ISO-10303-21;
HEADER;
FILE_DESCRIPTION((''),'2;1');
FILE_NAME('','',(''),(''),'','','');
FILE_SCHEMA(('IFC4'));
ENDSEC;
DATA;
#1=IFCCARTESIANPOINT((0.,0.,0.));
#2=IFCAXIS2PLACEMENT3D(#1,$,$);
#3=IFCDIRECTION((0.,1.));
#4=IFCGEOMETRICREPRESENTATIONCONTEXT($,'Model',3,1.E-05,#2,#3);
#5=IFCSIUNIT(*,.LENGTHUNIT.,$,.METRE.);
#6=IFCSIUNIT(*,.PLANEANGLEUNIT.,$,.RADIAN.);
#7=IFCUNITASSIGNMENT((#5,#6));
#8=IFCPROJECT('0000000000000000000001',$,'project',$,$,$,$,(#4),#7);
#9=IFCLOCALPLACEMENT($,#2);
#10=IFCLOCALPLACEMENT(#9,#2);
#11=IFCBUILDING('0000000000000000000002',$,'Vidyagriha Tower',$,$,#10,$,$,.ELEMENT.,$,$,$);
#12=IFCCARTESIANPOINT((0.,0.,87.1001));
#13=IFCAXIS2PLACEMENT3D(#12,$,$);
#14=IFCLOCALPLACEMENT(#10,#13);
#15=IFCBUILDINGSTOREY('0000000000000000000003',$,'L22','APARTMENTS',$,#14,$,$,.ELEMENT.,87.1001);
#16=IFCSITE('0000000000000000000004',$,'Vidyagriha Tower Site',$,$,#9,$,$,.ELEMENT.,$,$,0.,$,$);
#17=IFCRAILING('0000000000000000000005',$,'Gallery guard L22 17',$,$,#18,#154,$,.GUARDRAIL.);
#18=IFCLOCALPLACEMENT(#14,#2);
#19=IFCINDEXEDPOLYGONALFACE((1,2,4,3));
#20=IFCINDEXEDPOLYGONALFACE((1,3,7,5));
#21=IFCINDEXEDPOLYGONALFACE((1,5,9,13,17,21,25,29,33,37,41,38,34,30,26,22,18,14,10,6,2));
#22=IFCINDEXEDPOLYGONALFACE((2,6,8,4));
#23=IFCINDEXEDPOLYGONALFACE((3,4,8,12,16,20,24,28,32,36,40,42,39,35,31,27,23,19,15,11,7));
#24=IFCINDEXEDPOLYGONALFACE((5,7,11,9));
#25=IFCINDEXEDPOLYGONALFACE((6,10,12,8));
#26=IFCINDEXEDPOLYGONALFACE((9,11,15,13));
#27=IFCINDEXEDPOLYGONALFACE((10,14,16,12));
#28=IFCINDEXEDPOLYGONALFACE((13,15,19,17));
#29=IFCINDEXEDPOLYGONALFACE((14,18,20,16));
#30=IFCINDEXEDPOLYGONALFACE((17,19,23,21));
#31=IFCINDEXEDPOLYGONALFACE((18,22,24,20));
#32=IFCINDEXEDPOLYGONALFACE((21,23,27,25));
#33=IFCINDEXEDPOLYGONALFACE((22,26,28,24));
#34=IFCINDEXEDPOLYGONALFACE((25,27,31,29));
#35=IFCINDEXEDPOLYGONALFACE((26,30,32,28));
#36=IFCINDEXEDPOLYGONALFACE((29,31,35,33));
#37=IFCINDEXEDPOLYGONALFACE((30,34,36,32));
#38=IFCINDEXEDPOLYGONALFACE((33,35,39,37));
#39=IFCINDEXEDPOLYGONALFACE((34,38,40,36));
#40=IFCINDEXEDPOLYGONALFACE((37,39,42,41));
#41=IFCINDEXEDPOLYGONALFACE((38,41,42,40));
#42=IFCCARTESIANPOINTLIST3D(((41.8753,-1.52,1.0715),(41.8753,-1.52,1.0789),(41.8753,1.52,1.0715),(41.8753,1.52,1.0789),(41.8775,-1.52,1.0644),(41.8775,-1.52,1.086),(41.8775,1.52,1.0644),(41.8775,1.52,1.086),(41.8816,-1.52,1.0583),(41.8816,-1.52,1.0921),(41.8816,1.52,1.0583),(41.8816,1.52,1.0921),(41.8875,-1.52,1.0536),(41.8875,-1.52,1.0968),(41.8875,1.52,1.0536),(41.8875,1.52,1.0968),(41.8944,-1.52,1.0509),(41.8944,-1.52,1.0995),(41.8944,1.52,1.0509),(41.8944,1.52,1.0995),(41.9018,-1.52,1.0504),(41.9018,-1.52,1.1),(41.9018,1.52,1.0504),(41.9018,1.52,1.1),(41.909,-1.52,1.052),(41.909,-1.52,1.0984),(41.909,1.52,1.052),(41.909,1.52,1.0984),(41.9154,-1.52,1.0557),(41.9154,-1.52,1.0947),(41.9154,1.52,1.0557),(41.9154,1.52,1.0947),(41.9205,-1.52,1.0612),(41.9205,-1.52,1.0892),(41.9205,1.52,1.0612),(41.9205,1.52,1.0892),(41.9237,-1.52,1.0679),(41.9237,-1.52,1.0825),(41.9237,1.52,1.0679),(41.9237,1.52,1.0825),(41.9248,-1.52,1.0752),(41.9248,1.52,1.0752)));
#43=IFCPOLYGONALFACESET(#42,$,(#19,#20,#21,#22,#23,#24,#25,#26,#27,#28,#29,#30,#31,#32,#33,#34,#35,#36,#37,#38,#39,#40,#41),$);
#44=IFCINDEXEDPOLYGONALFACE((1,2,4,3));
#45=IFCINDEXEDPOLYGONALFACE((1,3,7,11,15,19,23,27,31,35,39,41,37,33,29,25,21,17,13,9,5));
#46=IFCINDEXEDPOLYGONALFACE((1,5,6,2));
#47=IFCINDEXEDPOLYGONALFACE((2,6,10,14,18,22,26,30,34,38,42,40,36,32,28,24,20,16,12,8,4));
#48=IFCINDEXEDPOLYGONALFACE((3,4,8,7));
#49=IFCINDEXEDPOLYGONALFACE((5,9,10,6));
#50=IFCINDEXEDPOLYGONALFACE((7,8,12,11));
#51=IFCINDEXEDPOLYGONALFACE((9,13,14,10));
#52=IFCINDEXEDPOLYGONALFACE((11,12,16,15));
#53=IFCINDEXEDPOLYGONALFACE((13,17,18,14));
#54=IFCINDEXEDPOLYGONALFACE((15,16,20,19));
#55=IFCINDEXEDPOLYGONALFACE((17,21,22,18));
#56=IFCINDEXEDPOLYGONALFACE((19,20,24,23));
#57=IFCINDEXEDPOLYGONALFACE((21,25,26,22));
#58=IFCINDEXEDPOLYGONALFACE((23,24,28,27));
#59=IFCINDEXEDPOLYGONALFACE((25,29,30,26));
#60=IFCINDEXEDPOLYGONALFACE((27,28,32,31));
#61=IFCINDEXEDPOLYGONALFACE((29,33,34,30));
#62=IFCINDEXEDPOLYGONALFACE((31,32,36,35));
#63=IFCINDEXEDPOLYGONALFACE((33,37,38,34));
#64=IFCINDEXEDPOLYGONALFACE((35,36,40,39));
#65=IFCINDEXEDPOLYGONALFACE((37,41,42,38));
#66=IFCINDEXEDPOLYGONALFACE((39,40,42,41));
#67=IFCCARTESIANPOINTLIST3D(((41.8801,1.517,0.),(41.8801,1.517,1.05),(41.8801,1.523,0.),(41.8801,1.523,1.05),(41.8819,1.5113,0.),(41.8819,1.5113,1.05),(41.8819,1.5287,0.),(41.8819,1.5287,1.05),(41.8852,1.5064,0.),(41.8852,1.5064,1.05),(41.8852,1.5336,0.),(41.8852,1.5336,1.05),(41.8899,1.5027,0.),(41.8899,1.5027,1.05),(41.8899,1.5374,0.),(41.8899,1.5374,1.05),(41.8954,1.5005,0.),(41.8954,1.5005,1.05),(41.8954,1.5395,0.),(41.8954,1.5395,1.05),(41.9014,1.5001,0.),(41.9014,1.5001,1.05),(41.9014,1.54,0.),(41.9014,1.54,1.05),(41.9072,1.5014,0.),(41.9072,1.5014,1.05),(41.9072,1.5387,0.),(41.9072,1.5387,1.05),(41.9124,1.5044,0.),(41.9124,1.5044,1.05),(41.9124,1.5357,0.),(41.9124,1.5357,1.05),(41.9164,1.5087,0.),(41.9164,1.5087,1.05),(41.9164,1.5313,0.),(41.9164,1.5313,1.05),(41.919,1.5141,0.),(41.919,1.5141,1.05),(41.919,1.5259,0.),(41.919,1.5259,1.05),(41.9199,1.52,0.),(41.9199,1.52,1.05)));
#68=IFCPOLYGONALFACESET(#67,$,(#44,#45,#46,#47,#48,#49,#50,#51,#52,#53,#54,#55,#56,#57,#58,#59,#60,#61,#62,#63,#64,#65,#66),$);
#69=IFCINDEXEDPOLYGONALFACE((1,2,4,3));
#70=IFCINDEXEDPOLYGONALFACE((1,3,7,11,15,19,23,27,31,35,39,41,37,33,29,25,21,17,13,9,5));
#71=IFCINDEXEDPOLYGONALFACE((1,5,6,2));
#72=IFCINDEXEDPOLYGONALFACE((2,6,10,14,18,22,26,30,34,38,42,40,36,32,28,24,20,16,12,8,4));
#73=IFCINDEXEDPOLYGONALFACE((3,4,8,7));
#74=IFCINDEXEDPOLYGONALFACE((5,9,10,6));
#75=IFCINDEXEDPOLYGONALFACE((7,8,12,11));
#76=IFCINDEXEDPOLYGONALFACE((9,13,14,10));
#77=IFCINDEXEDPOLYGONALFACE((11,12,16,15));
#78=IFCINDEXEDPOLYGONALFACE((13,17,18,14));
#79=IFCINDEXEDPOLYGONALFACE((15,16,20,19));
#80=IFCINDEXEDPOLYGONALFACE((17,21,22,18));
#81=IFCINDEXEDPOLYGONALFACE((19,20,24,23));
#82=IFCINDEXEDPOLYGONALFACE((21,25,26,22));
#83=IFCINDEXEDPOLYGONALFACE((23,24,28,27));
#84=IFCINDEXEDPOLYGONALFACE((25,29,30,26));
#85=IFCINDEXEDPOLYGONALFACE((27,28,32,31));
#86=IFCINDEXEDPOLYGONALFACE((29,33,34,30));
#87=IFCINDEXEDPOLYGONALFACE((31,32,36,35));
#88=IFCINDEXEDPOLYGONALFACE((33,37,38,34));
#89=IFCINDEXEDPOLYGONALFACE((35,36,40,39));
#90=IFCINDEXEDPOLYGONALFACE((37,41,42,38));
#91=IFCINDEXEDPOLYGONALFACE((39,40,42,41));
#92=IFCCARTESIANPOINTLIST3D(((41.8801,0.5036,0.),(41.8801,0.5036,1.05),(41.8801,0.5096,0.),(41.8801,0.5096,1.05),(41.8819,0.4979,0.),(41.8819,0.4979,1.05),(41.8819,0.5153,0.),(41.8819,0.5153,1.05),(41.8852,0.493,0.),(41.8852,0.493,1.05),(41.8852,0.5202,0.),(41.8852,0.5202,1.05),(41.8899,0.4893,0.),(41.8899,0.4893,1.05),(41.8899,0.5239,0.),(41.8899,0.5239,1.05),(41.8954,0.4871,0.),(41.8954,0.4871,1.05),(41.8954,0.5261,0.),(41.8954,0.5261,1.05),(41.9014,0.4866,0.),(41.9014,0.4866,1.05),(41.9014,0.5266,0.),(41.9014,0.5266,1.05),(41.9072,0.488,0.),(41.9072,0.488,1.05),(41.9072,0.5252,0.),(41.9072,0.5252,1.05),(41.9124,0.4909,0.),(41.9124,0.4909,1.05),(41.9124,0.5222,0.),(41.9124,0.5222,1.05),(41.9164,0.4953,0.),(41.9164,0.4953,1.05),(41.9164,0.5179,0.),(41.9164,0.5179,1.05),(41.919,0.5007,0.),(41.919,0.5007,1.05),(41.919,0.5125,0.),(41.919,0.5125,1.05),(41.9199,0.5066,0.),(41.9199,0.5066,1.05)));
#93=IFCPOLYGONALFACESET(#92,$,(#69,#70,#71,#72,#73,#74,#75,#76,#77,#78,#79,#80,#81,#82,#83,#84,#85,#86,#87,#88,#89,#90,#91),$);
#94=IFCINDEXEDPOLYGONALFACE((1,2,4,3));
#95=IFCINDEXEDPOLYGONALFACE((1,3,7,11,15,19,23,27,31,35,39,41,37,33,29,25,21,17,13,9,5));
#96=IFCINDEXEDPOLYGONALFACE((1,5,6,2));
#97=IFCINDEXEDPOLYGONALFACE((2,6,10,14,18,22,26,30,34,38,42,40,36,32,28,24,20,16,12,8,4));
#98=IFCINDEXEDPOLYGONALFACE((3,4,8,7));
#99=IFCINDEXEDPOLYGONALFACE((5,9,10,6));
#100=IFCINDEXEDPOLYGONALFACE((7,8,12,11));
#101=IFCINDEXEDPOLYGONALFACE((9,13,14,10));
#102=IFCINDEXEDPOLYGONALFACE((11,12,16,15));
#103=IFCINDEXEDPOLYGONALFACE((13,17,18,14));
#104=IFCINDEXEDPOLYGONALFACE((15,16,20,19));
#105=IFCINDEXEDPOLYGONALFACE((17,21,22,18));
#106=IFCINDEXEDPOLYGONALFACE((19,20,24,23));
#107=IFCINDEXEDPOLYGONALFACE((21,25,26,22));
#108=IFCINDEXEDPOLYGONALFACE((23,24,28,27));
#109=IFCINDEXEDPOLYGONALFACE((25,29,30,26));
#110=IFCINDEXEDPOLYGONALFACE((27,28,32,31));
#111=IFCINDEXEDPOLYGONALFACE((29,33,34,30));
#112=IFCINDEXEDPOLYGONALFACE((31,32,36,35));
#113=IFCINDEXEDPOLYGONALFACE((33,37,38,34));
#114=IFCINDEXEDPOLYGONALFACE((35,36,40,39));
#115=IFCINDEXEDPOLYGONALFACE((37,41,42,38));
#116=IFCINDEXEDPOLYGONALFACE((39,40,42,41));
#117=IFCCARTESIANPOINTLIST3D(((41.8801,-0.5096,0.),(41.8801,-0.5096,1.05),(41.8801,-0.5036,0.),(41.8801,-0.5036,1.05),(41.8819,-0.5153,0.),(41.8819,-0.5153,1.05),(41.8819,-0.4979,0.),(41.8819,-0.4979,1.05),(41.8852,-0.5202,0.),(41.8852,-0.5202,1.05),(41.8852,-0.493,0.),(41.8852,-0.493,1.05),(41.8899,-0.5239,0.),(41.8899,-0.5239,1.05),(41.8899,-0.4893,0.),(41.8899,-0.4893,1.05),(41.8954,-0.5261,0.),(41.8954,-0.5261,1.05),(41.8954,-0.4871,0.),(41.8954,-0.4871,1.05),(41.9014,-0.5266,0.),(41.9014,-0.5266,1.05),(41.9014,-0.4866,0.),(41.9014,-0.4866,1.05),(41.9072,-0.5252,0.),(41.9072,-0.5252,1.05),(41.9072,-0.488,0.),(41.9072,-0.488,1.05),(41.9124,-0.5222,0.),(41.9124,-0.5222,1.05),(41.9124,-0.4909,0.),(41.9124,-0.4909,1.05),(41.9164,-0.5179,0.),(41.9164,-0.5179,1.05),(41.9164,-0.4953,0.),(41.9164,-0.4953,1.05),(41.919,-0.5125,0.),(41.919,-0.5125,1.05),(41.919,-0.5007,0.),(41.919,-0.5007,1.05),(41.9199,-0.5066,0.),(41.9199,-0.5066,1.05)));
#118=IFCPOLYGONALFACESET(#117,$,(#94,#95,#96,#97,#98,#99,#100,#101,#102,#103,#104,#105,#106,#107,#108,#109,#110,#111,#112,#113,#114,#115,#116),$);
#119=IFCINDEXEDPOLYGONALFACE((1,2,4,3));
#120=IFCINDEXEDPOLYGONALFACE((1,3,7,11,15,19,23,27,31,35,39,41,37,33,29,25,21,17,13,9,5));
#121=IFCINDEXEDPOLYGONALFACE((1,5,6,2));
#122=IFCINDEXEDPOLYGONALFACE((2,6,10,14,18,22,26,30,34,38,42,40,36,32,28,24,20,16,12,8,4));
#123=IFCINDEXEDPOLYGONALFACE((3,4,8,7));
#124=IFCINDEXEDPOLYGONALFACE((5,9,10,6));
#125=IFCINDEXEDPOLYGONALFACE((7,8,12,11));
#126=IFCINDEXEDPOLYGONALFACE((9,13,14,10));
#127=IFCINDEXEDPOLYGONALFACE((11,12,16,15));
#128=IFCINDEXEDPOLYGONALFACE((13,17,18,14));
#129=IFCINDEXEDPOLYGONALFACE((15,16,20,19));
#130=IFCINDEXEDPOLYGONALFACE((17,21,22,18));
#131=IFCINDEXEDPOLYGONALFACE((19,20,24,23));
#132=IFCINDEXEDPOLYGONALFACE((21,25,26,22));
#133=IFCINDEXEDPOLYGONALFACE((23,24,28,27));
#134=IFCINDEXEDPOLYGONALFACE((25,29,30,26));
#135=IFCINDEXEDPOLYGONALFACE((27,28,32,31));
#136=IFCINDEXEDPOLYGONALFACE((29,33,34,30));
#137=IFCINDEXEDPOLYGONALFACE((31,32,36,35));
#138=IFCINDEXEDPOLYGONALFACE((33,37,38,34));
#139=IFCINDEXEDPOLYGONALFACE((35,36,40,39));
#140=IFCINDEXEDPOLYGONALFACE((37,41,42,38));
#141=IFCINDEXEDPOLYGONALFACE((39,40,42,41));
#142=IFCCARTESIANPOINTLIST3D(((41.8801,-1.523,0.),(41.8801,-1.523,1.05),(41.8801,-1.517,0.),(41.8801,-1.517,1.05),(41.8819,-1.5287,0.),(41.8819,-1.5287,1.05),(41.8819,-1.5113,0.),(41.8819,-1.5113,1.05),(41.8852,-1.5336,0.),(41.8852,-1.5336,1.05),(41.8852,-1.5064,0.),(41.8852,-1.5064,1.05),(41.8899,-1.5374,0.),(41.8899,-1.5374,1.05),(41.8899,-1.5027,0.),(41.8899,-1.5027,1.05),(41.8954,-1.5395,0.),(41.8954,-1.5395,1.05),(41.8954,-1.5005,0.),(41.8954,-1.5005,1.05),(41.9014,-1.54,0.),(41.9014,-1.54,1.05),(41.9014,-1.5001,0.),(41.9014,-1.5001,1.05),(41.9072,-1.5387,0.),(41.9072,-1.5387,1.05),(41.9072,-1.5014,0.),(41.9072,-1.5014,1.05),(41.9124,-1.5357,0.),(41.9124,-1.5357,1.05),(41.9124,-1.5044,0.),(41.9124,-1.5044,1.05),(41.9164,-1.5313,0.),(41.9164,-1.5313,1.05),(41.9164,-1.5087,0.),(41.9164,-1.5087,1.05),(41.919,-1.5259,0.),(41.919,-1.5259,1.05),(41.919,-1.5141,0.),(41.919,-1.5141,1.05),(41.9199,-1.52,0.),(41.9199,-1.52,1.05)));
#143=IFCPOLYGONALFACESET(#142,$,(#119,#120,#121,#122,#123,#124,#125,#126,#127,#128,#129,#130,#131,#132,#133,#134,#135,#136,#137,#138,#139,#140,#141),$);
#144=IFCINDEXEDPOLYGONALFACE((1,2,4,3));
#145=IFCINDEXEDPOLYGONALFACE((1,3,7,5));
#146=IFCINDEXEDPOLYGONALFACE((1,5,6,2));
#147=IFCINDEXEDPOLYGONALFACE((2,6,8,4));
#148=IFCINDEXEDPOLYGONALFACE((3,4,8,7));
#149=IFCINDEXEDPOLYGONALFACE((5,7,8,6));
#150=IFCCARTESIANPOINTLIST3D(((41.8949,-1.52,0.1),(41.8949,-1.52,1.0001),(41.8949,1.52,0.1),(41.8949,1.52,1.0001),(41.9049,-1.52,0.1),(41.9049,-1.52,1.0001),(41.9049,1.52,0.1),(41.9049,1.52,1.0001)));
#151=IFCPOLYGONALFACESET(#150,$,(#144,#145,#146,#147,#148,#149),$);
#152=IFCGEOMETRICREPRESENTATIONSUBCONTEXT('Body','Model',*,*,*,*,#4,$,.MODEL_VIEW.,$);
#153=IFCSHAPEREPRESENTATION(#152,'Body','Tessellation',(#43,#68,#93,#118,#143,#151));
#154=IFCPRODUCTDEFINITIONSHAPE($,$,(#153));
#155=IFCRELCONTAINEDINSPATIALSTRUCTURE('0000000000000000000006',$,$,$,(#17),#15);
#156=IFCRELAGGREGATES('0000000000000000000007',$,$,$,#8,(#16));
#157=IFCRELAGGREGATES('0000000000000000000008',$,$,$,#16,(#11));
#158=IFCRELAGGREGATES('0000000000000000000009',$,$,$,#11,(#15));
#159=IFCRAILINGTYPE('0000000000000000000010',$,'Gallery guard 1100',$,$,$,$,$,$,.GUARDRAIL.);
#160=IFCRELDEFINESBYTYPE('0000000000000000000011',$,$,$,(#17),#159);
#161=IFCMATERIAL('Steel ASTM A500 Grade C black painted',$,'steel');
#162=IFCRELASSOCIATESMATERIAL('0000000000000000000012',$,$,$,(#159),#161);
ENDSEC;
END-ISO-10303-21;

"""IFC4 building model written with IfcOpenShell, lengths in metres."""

from ifc_helpers import new_model, si_unit, direction, frame, origin, origin_2d, place, context, subcontext, project, spatial, rectangle, circle, extrude, material, type_object, element, save


model = new_model("IFC4")

# Units and contexts
model_context = context("Model", 3, precision=1e-05, world=origin(), true_north=direction((0.0, 1.0)))
body_context = subcontext(model_context, "Body", "Model", "MODEL_VIEW")
ifc_project = project(units=[si_unit("LENGTHUNIT", "METRE"), si_unit("PLANEANGLEUNIT", "RADIAN")], contexts=[model_context])

# Site, building, storey
site_placement = place(None, origin())
site = spatial("IfcSite", under=ifc_project, at=site_placement, Name="Vidyagriha Tower Site", CompositionType="ELEMENT", RefElevation=0.0)
building_placement = place(site_placement, origin())
building = spatial("IfcBuilding", under=site, at=building_placement, Name="Vidyagriha Tower", CompositionType="ELEMENT")
storey_placement = place(building_placement, frame((0.0, 0.0, 87.1001)))
storey = spatial("IfcBuildingStorey", under=building, at=storey_placement, Name="L22", Description="APARTMENTS", CompositionType="ELEMENT", Elevation=87.1001)

# Railing
ifc_material_1 = material(Name="Steel ASTM A500 Grade C black painted", Category="steel")
railing_type_1 = type_object("IfcRailingType", Name="Gallery guard 1100", PredefinedType="GUARDRAIL", material=ifc_material_1)
railing_1_placement = place(storey_placement, frame((41.8999, 1.52, 0.0)))
element("IfcRailing", 1, at=railing_1_placement, inside=storey, type_object=railing_type_1, Name="Gallery guard L22 17", PredefinedType="GUARDRAIL", context=body_context, shape_type="SweptSolid", body=[
    extrude(circle(Radius=0.0249, at=origin_2d()), frame((0.0, 0.0, 1.0752), z_axis=(0.0, -1.0, 0.0), x_axis=(1.0, 0.0, 0.0)), (0.0, 0.0, 1.0), 3.04),
    extrude(circle(Radius=0.02, at=origin_2d()), origin(), (0.0, 0.0, 1.0), 1.05),
    extrude(circle(Radius=0.02, at=origin_2d()), frame((0.0, -1.0134, 0.0)), (0.0, 0.0, 1.0), 1.05),
    extrude(circle(Radius=0.02, at=origin_2d()), frame((0.0, -2.0266, 0.0)), (0.0, 0.0, 1.0), 1.05),
    extrude(circle(Radius=0.02, at=origin_2d()), frame((0.0, -3.04, 0.0)), (0.0, 0.0, 1.0), 1.05),
    extrude(rectangle(XDim=0.01, YDim=0.9001, at=origin_2d()), frame((0.0, 0.0, 0.55), z_axis=(0.0, -1.0, 0.0), x_axis=(1.0, 0.0, 0.0)), (0.0, 0.0, 1.0), 3.04),
])

save(model, "model.ifc")
